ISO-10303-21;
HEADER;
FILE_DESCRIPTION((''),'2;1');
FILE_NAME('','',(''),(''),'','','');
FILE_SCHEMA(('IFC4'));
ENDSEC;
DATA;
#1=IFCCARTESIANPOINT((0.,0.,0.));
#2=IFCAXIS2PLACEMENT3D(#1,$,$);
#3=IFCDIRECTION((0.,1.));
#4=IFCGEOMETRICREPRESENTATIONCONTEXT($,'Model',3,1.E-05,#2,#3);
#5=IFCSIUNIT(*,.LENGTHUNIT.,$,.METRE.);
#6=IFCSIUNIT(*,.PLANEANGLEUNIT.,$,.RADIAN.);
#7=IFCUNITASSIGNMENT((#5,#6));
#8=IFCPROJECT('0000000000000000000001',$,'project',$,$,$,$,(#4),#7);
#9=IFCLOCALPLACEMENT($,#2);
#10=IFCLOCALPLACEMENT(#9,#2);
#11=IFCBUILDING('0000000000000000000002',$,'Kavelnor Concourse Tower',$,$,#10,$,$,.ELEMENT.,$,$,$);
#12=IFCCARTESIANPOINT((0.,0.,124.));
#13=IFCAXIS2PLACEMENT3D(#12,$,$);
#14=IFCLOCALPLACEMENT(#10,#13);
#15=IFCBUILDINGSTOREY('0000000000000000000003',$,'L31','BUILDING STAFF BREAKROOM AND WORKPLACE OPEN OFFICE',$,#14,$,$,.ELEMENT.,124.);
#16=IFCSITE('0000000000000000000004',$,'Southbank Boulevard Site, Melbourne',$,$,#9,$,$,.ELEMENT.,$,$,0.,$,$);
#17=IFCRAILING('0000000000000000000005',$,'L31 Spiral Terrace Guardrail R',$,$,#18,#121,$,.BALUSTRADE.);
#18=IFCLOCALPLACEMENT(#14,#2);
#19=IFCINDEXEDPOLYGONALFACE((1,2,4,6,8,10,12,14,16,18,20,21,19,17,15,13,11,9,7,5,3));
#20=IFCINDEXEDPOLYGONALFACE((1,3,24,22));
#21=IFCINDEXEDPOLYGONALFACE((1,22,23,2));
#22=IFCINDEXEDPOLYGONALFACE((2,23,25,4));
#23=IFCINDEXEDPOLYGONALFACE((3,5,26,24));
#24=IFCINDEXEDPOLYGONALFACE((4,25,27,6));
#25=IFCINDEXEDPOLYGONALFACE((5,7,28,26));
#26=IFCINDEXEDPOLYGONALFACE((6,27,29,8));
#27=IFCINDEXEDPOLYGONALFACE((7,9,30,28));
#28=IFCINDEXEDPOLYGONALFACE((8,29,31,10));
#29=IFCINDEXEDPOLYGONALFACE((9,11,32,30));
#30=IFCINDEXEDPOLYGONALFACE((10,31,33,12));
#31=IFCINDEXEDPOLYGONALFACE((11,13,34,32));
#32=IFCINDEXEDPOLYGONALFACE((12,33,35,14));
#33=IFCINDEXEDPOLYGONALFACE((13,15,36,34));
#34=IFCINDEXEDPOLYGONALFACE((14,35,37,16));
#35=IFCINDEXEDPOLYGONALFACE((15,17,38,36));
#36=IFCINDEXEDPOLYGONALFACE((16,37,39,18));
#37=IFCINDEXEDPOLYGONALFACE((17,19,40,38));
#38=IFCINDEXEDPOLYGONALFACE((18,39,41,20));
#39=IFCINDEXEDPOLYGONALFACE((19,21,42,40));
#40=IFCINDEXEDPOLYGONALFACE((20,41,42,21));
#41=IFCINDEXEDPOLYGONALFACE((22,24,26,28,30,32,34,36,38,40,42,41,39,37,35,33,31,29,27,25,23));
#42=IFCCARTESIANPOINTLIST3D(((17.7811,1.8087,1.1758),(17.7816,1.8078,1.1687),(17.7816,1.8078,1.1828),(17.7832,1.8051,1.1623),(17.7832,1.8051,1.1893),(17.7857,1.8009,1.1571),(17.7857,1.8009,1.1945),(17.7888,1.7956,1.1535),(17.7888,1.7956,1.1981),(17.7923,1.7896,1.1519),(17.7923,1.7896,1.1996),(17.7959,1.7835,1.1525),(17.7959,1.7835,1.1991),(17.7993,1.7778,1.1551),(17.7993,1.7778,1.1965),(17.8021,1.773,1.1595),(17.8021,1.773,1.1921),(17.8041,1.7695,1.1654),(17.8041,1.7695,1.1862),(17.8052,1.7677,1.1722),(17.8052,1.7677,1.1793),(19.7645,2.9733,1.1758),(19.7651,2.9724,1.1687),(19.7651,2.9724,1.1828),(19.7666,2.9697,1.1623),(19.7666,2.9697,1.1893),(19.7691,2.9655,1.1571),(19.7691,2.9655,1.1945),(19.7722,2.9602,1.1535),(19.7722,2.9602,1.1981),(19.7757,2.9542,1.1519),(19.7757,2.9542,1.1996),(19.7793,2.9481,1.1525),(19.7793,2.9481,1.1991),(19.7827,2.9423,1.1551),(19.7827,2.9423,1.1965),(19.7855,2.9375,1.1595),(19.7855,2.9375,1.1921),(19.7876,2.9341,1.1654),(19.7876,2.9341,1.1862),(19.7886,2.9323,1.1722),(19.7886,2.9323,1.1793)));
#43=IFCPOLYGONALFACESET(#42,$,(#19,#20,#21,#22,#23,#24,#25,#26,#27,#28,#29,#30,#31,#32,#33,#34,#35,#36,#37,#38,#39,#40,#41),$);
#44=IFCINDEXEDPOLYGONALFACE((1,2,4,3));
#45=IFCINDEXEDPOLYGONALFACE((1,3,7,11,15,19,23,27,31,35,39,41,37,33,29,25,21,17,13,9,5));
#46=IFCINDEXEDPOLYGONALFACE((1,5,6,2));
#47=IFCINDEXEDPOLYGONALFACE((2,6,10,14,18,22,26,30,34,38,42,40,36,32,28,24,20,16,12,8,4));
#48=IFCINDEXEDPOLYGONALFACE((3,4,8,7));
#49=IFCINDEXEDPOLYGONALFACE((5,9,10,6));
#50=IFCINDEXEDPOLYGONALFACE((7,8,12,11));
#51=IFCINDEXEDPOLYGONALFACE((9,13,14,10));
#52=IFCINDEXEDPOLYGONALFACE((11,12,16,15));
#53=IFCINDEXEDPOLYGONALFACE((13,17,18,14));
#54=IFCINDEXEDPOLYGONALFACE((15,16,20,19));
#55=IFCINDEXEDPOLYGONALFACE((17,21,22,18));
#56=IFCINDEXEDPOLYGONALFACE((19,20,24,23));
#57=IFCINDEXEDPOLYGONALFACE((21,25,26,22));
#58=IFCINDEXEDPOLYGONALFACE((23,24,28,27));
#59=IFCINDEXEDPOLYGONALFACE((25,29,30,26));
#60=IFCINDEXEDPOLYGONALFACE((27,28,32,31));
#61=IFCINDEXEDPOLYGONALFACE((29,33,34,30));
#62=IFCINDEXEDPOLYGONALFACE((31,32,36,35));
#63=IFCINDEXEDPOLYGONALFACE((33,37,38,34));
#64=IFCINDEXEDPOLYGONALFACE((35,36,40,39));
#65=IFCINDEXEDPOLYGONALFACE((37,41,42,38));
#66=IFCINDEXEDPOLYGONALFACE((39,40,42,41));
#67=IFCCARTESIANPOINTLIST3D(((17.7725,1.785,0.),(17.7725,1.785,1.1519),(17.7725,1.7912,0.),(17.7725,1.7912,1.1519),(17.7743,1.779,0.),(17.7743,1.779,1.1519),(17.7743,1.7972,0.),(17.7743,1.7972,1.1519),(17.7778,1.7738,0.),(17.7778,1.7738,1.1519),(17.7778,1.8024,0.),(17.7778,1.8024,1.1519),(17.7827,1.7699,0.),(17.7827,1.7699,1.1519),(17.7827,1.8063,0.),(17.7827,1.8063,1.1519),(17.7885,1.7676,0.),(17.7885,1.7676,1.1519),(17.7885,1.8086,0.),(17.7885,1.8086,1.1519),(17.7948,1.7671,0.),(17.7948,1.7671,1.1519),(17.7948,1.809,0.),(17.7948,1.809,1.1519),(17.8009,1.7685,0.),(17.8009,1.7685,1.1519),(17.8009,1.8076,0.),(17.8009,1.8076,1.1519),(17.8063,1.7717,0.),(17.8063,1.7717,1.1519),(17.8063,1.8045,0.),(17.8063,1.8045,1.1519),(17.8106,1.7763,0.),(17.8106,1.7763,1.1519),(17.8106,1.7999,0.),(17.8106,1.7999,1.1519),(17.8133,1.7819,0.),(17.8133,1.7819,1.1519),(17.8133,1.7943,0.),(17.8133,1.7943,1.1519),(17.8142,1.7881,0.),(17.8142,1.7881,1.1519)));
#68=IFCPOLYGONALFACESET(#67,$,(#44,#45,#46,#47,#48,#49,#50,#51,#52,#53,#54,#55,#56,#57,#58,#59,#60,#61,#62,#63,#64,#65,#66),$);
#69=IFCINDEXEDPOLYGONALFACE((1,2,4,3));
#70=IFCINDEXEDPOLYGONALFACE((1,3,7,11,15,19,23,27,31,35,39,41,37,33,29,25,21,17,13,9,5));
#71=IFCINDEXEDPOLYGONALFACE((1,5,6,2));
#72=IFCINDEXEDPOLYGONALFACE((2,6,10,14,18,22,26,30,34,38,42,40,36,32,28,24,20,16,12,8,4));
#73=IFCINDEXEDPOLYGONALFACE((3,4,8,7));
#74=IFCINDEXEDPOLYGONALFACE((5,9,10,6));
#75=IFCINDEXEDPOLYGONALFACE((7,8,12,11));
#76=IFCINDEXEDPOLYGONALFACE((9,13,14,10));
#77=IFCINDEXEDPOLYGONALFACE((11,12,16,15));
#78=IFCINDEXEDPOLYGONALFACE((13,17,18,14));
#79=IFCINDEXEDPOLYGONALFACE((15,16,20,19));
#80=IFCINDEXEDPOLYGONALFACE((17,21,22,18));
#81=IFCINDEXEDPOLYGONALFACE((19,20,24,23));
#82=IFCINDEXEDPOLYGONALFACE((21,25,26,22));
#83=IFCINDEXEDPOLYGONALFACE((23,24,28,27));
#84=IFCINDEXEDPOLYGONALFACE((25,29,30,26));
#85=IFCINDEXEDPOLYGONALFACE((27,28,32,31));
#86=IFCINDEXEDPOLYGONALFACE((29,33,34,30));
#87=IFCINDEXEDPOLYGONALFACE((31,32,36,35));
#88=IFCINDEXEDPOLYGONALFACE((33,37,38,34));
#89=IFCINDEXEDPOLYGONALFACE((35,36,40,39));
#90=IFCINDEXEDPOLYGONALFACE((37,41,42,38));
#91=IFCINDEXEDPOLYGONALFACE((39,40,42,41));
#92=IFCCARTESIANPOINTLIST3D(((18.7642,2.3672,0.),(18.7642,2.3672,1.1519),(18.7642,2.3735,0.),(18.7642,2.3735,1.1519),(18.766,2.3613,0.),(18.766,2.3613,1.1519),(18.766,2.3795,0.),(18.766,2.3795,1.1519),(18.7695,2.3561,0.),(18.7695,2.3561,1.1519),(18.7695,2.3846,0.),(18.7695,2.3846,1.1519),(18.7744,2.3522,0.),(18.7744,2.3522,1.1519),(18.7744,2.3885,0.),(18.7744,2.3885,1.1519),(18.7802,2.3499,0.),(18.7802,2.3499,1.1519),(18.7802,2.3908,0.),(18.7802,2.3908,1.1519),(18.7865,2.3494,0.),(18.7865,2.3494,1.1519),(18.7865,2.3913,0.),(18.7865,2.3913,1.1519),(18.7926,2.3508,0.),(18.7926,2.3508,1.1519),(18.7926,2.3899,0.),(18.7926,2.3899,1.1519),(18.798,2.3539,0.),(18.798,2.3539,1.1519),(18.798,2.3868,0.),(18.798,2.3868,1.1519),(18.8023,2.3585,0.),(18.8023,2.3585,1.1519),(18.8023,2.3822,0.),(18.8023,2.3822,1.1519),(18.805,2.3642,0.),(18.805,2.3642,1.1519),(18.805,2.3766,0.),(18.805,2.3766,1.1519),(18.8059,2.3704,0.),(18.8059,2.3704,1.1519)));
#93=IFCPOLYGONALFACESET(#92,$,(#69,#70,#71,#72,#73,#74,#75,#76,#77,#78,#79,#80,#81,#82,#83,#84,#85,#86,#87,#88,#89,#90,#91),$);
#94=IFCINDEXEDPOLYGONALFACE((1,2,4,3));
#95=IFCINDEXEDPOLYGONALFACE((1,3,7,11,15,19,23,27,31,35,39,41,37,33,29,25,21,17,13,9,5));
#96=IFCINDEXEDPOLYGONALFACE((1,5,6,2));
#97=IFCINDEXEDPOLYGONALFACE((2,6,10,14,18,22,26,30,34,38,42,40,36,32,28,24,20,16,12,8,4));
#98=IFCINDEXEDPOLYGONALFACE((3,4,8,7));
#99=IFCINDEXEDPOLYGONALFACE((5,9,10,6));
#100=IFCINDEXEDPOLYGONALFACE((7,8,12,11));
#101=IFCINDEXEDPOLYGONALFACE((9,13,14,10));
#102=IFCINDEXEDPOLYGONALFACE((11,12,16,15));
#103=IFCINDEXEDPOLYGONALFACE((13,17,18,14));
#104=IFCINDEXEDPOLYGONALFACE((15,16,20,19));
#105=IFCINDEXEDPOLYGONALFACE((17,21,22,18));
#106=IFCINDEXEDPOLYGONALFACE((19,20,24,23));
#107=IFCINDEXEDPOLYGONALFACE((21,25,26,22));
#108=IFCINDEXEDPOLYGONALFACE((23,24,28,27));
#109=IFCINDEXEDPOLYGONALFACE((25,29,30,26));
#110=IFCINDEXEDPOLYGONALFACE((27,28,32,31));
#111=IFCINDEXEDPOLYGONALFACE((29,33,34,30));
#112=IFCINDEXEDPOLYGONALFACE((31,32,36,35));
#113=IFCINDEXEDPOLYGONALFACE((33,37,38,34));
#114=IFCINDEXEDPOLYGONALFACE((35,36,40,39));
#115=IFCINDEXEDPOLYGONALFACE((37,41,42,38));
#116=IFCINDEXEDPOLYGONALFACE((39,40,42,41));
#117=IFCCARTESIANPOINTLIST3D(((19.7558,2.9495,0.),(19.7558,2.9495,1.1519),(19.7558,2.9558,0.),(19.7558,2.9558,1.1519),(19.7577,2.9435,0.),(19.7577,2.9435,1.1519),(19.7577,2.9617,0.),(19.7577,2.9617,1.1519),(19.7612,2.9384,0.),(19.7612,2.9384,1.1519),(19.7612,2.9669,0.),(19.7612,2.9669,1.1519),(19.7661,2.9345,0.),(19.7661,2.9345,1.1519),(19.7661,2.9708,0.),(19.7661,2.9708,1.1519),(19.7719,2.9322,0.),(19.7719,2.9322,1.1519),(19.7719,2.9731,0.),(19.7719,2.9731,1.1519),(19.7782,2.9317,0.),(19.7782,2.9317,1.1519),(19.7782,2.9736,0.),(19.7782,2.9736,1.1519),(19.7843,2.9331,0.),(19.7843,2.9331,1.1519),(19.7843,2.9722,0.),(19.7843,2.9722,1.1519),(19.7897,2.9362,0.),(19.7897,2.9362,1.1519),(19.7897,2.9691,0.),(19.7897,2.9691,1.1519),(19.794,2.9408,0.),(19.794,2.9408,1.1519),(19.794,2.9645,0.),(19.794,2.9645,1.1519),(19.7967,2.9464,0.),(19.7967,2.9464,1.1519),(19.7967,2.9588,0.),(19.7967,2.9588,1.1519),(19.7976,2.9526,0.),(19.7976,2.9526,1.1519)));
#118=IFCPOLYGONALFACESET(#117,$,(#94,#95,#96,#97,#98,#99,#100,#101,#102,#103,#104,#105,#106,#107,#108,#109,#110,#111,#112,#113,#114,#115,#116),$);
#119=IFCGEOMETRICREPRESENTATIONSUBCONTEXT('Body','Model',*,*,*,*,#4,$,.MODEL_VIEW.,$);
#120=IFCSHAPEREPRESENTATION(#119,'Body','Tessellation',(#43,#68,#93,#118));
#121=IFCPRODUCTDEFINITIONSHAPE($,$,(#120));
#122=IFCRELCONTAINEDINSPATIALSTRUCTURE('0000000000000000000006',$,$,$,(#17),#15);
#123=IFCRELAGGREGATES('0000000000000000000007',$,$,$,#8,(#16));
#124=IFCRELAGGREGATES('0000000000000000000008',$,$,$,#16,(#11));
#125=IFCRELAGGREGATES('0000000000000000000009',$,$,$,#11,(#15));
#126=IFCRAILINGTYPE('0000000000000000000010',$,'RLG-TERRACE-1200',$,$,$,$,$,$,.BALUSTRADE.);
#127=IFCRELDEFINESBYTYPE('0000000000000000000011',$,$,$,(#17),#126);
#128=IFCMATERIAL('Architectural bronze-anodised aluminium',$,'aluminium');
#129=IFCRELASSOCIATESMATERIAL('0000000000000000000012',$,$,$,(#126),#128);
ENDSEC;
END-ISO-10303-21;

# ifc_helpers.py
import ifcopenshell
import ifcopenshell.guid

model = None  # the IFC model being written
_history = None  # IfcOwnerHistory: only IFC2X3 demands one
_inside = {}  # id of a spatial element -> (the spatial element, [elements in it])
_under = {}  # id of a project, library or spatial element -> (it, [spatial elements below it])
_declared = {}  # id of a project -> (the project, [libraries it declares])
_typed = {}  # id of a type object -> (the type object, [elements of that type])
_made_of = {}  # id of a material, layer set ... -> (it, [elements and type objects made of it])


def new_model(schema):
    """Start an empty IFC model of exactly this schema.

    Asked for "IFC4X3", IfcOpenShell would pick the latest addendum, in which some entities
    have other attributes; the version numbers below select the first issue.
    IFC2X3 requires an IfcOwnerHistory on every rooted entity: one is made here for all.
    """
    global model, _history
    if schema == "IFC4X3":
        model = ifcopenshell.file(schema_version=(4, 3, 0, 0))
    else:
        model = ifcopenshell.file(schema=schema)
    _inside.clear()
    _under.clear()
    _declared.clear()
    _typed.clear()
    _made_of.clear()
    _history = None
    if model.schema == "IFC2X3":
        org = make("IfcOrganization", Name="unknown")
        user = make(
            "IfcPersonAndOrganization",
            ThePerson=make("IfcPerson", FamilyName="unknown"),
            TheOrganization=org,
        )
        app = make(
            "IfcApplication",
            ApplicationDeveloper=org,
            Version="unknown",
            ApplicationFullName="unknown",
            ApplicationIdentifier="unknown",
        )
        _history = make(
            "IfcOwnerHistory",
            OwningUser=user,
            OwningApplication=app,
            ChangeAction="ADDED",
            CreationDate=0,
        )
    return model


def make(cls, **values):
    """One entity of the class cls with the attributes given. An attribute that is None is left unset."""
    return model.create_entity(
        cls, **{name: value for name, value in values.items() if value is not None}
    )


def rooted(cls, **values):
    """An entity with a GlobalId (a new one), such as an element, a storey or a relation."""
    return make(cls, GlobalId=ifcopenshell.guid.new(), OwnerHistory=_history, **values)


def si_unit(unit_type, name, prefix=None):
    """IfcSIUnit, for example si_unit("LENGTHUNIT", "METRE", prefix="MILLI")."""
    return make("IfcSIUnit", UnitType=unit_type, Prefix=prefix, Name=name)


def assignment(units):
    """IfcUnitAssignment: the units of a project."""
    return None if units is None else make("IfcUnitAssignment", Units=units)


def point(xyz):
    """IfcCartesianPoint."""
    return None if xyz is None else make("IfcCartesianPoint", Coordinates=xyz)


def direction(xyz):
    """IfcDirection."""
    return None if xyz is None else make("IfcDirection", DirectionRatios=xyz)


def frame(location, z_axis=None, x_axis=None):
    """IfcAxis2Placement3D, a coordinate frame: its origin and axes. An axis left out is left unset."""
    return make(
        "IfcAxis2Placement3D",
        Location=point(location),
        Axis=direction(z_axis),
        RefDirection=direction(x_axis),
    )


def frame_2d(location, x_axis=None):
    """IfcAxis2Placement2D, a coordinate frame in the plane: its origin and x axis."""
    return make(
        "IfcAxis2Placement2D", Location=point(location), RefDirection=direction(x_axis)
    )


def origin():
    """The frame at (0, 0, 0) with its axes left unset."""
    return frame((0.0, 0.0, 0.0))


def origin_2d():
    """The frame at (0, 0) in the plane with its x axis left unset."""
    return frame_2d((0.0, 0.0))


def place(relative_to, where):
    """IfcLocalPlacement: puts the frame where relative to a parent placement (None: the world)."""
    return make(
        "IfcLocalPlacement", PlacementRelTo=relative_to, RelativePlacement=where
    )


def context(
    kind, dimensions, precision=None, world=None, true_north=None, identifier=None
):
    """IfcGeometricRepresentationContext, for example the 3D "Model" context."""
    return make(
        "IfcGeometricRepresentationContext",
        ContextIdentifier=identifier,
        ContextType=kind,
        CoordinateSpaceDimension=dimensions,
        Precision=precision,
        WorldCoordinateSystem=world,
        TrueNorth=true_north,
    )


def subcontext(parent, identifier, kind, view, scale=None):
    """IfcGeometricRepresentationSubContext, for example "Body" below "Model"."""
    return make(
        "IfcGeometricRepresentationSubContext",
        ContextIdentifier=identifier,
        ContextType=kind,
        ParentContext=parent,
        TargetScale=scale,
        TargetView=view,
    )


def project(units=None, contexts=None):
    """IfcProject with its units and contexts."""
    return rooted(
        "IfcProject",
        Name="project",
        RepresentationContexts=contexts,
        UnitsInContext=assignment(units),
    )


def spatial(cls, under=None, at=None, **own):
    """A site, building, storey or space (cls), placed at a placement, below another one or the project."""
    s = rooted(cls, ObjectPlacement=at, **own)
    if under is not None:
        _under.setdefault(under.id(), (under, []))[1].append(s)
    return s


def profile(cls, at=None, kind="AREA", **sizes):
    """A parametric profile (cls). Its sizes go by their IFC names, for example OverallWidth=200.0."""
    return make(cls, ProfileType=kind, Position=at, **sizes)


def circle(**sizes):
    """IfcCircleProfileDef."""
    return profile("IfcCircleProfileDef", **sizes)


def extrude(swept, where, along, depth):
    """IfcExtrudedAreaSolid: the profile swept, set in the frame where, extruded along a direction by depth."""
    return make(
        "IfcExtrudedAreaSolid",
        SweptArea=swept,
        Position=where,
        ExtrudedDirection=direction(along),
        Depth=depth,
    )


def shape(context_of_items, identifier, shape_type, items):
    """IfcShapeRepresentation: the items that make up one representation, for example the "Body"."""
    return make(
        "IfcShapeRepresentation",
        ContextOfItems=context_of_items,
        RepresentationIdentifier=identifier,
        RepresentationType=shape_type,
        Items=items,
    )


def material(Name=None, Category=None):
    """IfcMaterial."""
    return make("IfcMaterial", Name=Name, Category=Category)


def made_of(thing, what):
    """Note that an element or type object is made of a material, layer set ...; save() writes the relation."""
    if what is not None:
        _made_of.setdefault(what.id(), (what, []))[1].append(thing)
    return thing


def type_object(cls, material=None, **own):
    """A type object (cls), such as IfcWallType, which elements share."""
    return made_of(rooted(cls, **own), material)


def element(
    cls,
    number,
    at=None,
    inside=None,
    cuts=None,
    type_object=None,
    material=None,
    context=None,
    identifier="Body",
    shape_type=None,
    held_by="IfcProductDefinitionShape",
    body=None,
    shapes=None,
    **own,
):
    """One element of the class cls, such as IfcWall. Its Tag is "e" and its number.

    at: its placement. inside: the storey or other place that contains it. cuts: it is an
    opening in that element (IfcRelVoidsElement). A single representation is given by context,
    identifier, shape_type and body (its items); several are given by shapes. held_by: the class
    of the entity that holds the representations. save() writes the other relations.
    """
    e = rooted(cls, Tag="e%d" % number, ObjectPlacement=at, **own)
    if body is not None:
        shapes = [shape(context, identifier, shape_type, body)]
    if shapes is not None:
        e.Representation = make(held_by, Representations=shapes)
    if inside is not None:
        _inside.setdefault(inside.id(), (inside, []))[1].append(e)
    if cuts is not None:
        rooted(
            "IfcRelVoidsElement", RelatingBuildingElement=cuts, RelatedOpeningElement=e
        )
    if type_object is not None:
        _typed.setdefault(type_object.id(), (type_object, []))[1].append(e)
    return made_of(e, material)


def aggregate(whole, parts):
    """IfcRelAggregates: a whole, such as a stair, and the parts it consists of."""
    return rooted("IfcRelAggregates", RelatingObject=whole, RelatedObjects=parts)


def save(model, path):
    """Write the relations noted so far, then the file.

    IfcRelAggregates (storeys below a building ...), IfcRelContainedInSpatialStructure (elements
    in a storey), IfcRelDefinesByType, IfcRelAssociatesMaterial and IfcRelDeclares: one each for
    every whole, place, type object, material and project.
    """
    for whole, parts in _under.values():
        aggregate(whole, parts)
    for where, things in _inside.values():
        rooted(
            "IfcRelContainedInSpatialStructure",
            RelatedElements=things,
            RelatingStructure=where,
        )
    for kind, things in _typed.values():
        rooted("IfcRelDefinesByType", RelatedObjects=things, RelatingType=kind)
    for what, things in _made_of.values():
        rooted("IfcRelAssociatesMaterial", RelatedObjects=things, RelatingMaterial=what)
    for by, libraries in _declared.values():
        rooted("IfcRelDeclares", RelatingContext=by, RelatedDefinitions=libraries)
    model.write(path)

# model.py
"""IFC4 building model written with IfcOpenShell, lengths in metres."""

from ifc_helpers import new_model, si_unit, direction, frame, origin, origin_2d, place, context, subcontext, project, spatial, circle, extrude, material, type_object, element, save


model = new_model("IFC4")

# Units and contexts
model_context = context("Model", 3, precision=1e-05, world=origin(), true_north=direction((0.0, 1.0)))
body_context = subcontext(model_context, "Body", "Model", "MODEL_VIEW")
ifc_project = project(units=[si_unit("LENGTHUNIT", "METRE"), si_unit("PLANEANGLEUNIT", "RADIAN")], contexts=[model_context])

# Site, building, storey
site_placement = place(None, origin())
site = spatial("IfcSite", under=ifc_project, at=site_placement, Name="Southbank Boulevard Site, Melbourne", CompositionType="ELEMENT", RefElevation=0.0)
building_placement = place(site_placement, origin())
building = spatial("IfcBuilding", under=site, at=building_placement, Name="Kavelnor Concourse Tower", CompositionType="ELEMENT")
storey_placement = place(building_placement, frame((0.0, 0.0, 124.0)))
storey = spatial("IfcBuildingStorey", under=building, at=storey_placement, Name="L31", Description="BUILDING STAFF BREAKROOM AND WORKPLACE OPEN OFFICE", CompositionType="ELEMENT", Elevation=124.0)

# Railing
ifc_material_1 = material(Name="Architectural bronze-anodised aluminium", Category="aluminium")
railing_type = type_object("IfcRailingType", Name="RLG-TERRACE-1200", PredefinedType="BALUSTRADE", material=ifc_material_1)
railing_placement = place(storey_placement, frame((17.7932, 1.7881, 0.0)))
element("IfcRailing", 1, at=railing_placement, inside=storey, type_object=railing_type, Name="L31 Spiral Terrace Guardrail R", PredefinedType="BALUSTRADE", context=body_context, shape_type="SweptSolid", body=[
    extrude(circle(Radius=0.0239, at=origin_2d()), frame((0.0, 0.0, 1.1758), z_axis=(0.862343, 0.506324, 0.0), x_axis=(-0.506324, 0.862343, 0.0)), (0.0, 0.0, 1.0), 2.3),
    extrude(circle(Radius=0.021, at=origin_2d()), origin(), (0.0, 0.0, 1.0), 1.1519),
    extrude(circle(Radius=0.021, at=origin_2d()), frame((0.9917, 0.5823, 0.0)), (0.0, 0.0, 1.0), 1.1519),
    extrude(circle(Radius=0.021, at=origin_2d()), frame((1.9834, 1.1646, 0.0)), (0.0, 0.0, 1.0), 1.1519),
])

save(model, "model.ifc")
